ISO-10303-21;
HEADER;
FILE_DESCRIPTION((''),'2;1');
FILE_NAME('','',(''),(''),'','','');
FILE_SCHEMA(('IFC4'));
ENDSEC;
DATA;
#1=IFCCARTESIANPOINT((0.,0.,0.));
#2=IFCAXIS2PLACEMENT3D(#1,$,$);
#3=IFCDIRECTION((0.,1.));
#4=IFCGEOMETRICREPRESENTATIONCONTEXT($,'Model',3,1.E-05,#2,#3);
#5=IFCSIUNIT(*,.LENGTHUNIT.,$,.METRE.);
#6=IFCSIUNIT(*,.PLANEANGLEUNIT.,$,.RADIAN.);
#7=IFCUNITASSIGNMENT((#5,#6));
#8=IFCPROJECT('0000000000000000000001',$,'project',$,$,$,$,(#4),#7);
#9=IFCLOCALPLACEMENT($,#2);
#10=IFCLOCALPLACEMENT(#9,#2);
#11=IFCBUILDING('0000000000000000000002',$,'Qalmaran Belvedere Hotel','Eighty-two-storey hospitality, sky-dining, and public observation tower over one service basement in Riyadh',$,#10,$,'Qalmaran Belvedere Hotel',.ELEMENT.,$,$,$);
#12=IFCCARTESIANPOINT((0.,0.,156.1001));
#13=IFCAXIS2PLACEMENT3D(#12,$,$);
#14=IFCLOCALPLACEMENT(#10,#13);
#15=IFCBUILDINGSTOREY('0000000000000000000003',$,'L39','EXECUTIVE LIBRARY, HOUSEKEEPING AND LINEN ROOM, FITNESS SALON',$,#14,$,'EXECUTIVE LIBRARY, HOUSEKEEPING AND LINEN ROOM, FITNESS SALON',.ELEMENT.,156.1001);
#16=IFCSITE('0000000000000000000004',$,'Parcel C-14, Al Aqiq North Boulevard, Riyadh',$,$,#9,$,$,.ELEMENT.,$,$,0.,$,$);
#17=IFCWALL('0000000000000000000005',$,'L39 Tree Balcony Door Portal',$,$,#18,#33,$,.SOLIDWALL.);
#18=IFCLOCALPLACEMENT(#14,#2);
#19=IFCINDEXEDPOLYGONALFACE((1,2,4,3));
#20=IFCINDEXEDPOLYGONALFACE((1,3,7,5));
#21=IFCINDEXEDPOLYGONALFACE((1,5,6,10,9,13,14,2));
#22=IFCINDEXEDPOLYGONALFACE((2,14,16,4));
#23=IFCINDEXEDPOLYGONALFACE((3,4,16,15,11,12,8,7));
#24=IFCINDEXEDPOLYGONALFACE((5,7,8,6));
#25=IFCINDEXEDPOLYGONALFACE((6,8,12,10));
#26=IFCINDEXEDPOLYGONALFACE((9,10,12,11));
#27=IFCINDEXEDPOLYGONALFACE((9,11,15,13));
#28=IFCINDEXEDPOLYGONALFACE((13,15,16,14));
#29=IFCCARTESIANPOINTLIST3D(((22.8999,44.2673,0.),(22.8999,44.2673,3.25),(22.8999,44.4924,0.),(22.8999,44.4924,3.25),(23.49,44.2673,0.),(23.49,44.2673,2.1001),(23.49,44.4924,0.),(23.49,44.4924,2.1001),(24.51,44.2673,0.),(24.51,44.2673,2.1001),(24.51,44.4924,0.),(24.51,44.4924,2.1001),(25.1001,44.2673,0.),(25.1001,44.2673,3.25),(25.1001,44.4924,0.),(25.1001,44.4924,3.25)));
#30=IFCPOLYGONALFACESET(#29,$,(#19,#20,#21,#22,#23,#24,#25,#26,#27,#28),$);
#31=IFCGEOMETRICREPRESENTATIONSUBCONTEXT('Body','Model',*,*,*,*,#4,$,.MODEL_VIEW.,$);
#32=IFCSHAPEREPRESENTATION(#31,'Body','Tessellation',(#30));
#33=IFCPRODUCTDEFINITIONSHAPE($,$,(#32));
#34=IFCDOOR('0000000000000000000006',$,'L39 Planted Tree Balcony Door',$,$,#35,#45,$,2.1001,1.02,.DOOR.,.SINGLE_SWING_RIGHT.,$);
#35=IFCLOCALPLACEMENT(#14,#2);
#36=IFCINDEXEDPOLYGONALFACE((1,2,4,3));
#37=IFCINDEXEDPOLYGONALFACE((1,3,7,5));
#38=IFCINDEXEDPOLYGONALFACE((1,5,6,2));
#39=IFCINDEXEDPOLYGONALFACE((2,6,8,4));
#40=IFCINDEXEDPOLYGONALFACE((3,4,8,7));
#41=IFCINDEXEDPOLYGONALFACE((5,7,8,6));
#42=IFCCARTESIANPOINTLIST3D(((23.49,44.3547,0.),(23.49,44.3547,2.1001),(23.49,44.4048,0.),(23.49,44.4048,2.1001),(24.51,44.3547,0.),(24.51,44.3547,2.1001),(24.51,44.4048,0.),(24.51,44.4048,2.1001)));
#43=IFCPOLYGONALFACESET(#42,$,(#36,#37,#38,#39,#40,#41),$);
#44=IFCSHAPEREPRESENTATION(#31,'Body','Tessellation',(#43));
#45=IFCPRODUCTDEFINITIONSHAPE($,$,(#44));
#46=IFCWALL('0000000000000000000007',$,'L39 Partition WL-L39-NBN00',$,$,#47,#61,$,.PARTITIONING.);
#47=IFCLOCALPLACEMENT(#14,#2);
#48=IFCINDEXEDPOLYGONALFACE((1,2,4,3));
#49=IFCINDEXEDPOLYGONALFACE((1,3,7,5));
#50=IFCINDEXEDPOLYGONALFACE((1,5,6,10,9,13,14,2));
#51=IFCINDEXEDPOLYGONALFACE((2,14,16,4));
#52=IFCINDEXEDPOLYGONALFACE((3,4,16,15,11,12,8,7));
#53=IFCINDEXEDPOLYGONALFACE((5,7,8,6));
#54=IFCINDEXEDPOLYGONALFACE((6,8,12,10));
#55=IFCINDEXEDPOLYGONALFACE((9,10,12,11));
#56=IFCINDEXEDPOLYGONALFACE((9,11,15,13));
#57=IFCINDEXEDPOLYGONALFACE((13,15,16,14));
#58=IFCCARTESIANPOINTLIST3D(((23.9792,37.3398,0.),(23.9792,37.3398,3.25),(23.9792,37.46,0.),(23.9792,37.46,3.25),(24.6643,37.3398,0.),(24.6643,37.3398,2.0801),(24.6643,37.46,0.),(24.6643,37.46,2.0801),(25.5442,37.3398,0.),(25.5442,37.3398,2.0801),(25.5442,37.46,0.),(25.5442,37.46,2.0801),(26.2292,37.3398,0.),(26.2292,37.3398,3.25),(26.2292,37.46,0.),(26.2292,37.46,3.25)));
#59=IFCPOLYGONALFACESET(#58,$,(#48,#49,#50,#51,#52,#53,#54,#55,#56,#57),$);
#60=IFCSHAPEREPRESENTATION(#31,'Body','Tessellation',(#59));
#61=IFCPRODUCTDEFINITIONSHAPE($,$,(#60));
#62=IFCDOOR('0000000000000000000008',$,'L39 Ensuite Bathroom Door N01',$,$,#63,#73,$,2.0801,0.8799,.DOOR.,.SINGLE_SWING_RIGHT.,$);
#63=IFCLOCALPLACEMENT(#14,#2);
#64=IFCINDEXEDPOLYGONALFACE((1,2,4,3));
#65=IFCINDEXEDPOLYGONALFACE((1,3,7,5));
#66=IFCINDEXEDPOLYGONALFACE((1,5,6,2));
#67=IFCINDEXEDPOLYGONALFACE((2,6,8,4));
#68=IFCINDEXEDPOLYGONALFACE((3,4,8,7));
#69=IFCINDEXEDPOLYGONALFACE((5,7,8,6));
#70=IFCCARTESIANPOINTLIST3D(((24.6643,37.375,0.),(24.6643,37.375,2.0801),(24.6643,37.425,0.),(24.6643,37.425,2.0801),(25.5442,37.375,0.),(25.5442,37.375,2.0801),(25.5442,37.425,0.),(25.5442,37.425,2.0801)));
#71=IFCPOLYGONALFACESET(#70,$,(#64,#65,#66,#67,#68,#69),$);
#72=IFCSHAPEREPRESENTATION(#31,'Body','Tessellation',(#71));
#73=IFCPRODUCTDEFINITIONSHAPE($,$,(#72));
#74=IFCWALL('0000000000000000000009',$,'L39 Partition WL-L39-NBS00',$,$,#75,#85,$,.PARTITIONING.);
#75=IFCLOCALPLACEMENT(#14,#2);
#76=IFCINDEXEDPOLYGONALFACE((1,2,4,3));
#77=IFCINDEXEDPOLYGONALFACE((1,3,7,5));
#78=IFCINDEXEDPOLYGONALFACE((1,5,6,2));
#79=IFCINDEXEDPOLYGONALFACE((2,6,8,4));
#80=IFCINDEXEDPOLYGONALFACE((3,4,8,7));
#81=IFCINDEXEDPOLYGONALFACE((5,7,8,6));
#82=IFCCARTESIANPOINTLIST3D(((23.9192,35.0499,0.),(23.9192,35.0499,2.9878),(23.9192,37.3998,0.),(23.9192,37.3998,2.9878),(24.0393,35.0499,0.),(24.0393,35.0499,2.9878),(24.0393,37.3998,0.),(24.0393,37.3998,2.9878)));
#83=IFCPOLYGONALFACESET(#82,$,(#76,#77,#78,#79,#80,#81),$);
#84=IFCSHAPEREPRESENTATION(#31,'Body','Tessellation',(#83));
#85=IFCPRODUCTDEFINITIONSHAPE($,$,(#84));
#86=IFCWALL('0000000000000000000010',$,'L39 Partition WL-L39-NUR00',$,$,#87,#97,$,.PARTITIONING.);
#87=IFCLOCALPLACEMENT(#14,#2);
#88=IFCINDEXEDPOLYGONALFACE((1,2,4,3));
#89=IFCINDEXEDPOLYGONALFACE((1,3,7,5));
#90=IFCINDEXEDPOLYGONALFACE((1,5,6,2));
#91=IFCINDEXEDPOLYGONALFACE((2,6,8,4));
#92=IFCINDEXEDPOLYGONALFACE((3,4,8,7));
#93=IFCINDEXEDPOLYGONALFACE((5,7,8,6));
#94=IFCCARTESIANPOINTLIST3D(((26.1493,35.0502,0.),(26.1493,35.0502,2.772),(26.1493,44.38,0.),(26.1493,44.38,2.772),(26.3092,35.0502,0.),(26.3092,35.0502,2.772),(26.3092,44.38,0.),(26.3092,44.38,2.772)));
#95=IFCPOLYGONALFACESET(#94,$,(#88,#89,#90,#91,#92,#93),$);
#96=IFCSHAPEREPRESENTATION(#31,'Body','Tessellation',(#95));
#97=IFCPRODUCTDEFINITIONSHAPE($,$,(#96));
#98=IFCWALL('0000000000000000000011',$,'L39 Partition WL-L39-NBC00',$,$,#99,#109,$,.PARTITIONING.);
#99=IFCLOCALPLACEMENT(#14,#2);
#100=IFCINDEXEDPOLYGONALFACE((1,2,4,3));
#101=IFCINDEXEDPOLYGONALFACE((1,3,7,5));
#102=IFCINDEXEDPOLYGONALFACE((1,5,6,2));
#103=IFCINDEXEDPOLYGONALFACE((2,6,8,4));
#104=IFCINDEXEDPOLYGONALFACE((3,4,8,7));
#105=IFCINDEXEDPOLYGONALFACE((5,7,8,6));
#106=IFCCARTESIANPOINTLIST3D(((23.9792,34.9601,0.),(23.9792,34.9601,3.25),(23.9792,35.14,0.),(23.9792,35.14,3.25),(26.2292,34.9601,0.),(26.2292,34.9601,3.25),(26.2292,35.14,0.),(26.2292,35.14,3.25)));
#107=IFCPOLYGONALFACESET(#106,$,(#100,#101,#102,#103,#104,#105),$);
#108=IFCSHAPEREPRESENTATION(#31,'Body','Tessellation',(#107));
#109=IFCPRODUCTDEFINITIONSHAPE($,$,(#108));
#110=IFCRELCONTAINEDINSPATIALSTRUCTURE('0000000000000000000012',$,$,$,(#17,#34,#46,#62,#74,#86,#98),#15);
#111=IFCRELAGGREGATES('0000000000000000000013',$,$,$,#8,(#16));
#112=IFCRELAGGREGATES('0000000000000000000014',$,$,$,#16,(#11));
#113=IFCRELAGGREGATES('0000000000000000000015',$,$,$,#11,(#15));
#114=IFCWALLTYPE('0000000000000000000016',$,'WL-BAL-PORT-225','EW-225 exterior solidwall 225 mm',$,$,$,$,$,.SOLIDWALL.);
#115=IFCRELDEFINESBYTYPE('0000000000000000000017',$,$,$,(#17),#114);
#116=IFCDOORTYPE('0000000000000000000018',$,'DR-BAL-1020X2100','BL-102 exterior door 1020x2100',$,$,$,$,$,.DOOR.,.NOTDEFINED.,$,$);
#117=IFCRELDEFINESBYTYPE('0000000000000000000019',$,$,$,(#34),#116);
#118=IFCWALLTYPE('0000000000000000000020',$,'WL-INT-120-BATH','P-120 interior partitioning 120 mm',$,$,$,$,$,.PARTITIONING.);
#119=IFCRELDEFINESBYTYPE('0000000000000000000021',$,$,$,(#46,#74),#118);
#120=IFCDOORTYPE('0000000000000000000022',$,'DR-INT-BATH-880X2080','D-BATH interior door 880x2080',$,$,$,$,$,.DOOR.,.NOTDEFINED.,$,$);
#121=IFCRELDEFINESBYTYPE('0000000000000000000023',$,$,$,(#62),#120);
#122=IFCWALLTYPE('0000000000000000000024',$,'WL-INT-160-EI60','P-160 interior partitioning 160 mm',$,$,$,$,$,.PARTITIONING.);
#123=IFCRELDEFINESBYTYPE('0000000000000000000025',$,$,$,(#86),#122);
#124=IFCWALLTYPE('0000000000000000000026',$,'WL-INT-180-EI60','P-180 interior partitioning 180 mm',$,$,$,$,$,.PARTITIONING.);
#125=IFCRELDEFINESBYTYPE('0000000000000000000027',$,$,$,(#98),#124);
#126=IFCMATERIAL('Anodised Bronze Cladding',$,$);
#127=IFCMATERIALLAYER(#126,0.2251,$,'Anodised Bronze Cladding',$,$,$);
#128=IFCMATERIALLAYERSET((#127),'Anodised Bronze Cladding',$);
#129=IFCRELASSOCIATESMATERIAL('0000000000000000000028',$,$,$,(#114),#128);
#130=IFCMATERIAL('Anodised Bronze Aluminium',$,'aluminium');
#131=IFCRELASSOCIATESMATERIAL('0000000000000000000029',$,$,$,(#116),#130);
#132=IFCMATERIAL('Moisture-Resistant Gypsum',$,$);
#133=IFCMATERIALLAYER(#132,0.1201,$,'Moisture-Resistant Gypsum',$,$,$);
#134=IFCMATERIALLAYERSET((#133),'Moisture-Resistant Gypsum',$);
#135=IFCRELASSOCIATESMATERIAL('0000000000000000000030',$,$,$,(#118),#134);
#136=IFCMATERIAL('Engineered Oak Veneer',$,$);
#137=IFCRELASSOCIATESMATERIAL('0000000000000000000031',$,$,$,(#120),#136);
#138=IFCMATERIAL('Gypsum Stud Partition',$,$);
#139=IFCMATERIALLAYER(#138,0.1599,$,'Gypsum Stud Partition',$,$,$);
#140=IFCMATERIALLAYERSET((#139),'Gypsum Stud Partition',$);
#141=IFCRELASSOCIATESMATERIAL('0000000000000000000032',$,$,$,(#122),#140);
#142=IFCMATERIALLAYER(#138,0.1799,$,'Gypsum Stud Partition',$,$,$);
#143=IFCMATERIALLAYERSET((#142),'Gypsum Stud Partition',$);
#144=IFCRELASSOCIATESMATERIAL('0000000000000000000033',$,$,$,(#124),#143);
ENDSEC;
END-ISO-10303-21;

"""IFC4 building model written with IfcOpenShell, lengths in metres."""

from ifc_helpers import new_model, si_unit, direction, frame, frame_2d, origin, place, context, subcontext, project, spatial, rectangle, extrude, material, layer, layer_set, type_object, element, fill, save


model = new_model("IFC4")

# Units and contexts
model_context = context("Model", 3, precision=1e-05, world=origin(), true_north=direction((0.0, 1.0)))
body_context = subcontext(model_context, "Body", "Model", "MODEL_VIEW")
ifc_project = project(units=[si_unit("LENGTHUNIT", "METRE"), si_unit("PLANEANGLEUNIT", "RADIAN")], contexts=[model_context])

# Site, building, storey
site_placement = place(None, origin())
site = spatial("IfcSite", under=ifc_project, at=site_placement, Name="Parcel C-14, Al Aqiq North Boulevard, Riyadh", CompositionType="ELEMENT", RefElevation=0.0)
building_placement = place(site_placement, origin())
building = spatial("IfcBuilding", under=site, at=building_placement, Name="Qalmaran Belvedere Hotel", Description="Eighty-two-storey hospitality, sky-dining, and public observation tower over one service basement in Riyadh", LongName="Qalmaran Belvedere Hotel", CompositionType="ELEMENT")
storey_placement = place(building_placement, frame((0.0, 0.0, 156.1001)))
storey = spatial("IfcBuildingStorey", under=building, at=storey_placement, Name="L39", Description="EXECUTIVE LIBRARY, HOUSEKEEPING AND LINEN ROOM, FITNESS SALON", LongName="EXECUTIVE LIBRARY, HOUSEKEEPING AND LINEN ROOM, FITNESS SALON", CompositionType="ELEMENT", Elevation=156.1001)

# Shared definitions
ifc_material_1 = material(Name="Anodised Bronze Aluminium", Category="aluminium")

# Walls, openings, doors
ifc_material_2 = material(Name="Anodised Bronze Cladding")
ifc_layer_1 = layer(ifc_material_2, 0.2251, Name="Anodised Bronze Cladding")
ifc_layer_set_1 = layer_set([ifc_layer_1], Name="Anodised Bronze Cladding")
wall_type_1 = type_object("IfcWallType", Name="WL-BAL-PORT-225", Description="EW-225 exterior solidwall 225 mm", PredefinedType="SOLIDWALL", material=ifc_layer_set_1)
wall_1_placement = place(storey_placement, frame((22.8999, 44.3799, 0.0), z_axis=(0.0, 0.0, 1.0), x_axis=(1.0, 0.0, 0.0)))
wall_1 = element("IfcWall", 1, at=wall_1_placement, inside=storey, type_object=wall_type_1, Name="L39 Tree Balcony Door Portal", PredefinedType="SOLIDWALL", context=body_context, shape_type="SweptSolid", body=[
    extrude(rectangle(XDim=2.2002, YDim=0.2251, at=frame_2d((1.1001, 0.0))), origin(), (0.0, 0.0, 1.0), 3.25),
])
opening_1_placement = place(wall_1_placement, frame((0.5901, 0.0, 0.0)))
opening_1 = element("IfcOpeningElement", 2, at=opening_1_placement, cuts=wall_1, PredefinedType="OPENING", context=body_context, shape_type="SweptSolid", body=[
    extrude(rectangle(XDim=1.02, YDim=2.1001, at=frame_2d((0.51, 1.05))), frame((0.0, 0.1226, 0.0), z_axis=(0.0, -1.0, 0.0), x_axis=(1.0, 0.0, 0.0)), (0.0, 0.0, 1.0), 0.2451),
])
door_type_1 = type_object("IfcDoorType", Name="DR-BAL-1020X2100", Description="BL-102 exterior door 1020x2100", OperationType="NOTDEFINED", PredefinedType="DOOR", material=ifc_material_1)
door_1_placement = place(opening_1_placement, origin())
door_1 = element("IfcDoor", 3, at=door_1_placement, inside=storey, type_object=door_type_1, Name="L39 Planted Tree Balcony Door", OperationType="SINGLE_SWING_RIGHT", OverallHeight=2.1001, OverallWidth=1.02, PredefinedType="DOOR", context=body_context, shape_type="SweptSolid", body=[
    extrude(rectangle(XDim=1.02, YDim=2.1001, at=frame_2d((0.51, 1.05))), frame((0.0, 0.0249, 0.0), z_axis=(0.0, -1.0, 0.0), x_axis=(1.0, 0.0, 0.0)), (0.0, 0.0, 1.0), 0.05),
])
fill(opening_1, door_1)
ifc_material_3 = material(Name="Moisture-Resistant Gypsum")
ifc_layer_2 = layer(ifc_material_3, 0.1201, Name="Moisture-Resistant Gypsum")
ifc_layer_set_2 = layer_set([ifc_layer_2], Name="Moisture-Resistant Gypsum")
wall_type_2 = type_object("IfcWallType", Name="WL-INT-120-BATH", Description="P-120 interior partitioning 120 mm", PredefinedType="PARTITIONING", material=ifc_layer_set_2)
wall_2_placement = place(storey_placement, frame((23.9792, 37.3999, 0.0), z_axis=(0.0, 0.0, 1.0), x_axis=(1.0, 0.0, 0.0)))
wall_2 = element("IfcWall", 4, at=wall_2_placement, inside=storey, type_object=wall_type_2, Name="L39 Partition WL-L39-NBN00", PredefinedType="PARTITIONING", context=body_context, shape_type="SweptSolid", body=[
    extrude(rectangle(XDim=2.25, YDim=0.1201, at=frame_2d((1.125, 0.0))), origin(), (0.0, 0.0, 1.0), 3.25),
])
opening_2_placement = place(wall_2_placement, frame((1.5649, 0.0, 0.0), z_axis=(0.0, 0.0, 1.0), x_axis=(-1.0, 0.0, 0.0)))
opening_2 = element("IfcOpeningElement", 5, at=opening_2_placement, cuts=wall_2, PredefinedType="OPENING", context=body_context, shape_type="SweptSolid", body=[
    extrude(rectangle(XDim=0.8799, YDim=2.0801, at=frame_2d((0.4399, 1.04))), frame((0.0, 0.0701, 0.0), z_axis=(0.0, -1.0, 0.0), x_axis=(1.0, 0.0, 0.0)), (0.0, 0.0, 1.0), 0.1401),
])
ifc_material_4 = material(Name="Engineered Oak Veneer")
door_type_2 = type_object("IfcDoorType", Name="DR-INT-BATH-880X2080", Description="D-BATH interior door 880x2080", OperationType="NOTDEFINED", PredefinedType="DOOR", material=ifc_material_4)
door_2_placement = place(opening_2_placement, origin())
door_2 = element("IfcDoor", 6, at=door_2_placement, inside=storey, type_object=door_type_2, Name="L39 Ensuite Bathroom Door N01", OperationType="SINGLE_SWING_RIGHT", OverallHeight=2.0801, OverallWidth=0.8799, PredefinedType="DOOR", context=body_context, shape_type="SweptSolid", body=[
    extrude(rectangle(XDim=0.8799, YDim=2.0801, at=frame_2d((0.4399, 1.04))), frame((0.0, 0.0249, 0.0), z_axis=(0.0, -1.0, 0.0), x_axis=(1.0, 0.0, 0.0)), (0.0, 0.0, 1.0), 0.05),
])
fill(opening_2, door_2)

# Walls
wall_3_placement = place(storey_placement, frame((23.9792, 35.05, 0.0), z_axis=(0.0, 0.0, 1.0), x_axis=(0.0, 1.0, 0.0)))
element("IfcWall", 7, at=wall_3_placement, inside=storey, type_object=wall_type_2, Name="L39 Partition WL-L39-NBS00", PredefinedType="PARTITIONING", context=body_context, shape_type="SweptSolid", body=[
    extrude(rectangle(XDim=2.3499, YDim=0.1201, at=frame_2d((1.1748, 0.0))), origin(), (0.0, 0.0, 1.0), 2.9878),
])
ifc_material_5 = material(Name="Gypsum Stud Partition")
ifc_layer_3 = layer(ifc_material_5, 0.1599, Name="Gypsum Stud Partition")
ifc_layer_set_3 = layer_set([ifc_layer_3], Name="Gypsum Stud Partition")
wall_type_3 = type_object("IfcWallType", Name="WL-INT-160-EI60", Description="P-160 interior partitioning 160 mm", PredefinedType="PARTITIONING", material=ifc_layer_set_3)
wall_4_placement = place(storey_placement, frame((26.2292, 35.05, 0.0), z_axis=(0.0, 0.0, 1.0), x_axis=(0.0, 1.0, 0.0)))
element("IfcWall", 8, at=wall_4_placement, inside=storey, type_object=wall_type_3, Name="L39 Partition WL-L39-NUR00", PredefinedType="PARTITIONING", context=body_context, shape_type="SweptSolid", body=[
    extrude(rectangle(XDim=9.3298, YDim=0.1599, at=frame_2d((4.665, 0.0))), origin(), (0.0, 0.0, 1.0), 2.772),
])
ifc_layer_4 = layer(ifc_material_5, 0.1799, Name="Gypsum Stud Partition")
ifc_layer_set_4 = layer_set([ifc_layer_4], Name="Gypsum Stud Partition")
wall_type_4 = type_object("IfcWallType", Name="WL-INT-180-EI60", Description="P-180 interior partitioning 180 mm", PredefinedType="PARTITIONING", material=ifc_layer_set_4)
wall_5_placement = place(storey_placement, frame((23.9792, 35.05, 0.0), z_axis=(0.0, 0.0, 1.0), x_axis=(1.0, 0.0, 0.0)))
element("IfcWall", 9, at=wall_5_placement, inside=storey, type_object=wall_type_4, Name="L39 Partition WL-L39-NBC00", PredefinedType="PARTITIONING", context=body_context, shape_type="SweptSolid", body=[
    extrude(rectangle(XDim=2.25, YDim=0.1799, at=frame_2d((1.125, 0.0))), origin(), (0.0, 0.0, 1.0), 3.25),
])

save(model, "model.ifc")
